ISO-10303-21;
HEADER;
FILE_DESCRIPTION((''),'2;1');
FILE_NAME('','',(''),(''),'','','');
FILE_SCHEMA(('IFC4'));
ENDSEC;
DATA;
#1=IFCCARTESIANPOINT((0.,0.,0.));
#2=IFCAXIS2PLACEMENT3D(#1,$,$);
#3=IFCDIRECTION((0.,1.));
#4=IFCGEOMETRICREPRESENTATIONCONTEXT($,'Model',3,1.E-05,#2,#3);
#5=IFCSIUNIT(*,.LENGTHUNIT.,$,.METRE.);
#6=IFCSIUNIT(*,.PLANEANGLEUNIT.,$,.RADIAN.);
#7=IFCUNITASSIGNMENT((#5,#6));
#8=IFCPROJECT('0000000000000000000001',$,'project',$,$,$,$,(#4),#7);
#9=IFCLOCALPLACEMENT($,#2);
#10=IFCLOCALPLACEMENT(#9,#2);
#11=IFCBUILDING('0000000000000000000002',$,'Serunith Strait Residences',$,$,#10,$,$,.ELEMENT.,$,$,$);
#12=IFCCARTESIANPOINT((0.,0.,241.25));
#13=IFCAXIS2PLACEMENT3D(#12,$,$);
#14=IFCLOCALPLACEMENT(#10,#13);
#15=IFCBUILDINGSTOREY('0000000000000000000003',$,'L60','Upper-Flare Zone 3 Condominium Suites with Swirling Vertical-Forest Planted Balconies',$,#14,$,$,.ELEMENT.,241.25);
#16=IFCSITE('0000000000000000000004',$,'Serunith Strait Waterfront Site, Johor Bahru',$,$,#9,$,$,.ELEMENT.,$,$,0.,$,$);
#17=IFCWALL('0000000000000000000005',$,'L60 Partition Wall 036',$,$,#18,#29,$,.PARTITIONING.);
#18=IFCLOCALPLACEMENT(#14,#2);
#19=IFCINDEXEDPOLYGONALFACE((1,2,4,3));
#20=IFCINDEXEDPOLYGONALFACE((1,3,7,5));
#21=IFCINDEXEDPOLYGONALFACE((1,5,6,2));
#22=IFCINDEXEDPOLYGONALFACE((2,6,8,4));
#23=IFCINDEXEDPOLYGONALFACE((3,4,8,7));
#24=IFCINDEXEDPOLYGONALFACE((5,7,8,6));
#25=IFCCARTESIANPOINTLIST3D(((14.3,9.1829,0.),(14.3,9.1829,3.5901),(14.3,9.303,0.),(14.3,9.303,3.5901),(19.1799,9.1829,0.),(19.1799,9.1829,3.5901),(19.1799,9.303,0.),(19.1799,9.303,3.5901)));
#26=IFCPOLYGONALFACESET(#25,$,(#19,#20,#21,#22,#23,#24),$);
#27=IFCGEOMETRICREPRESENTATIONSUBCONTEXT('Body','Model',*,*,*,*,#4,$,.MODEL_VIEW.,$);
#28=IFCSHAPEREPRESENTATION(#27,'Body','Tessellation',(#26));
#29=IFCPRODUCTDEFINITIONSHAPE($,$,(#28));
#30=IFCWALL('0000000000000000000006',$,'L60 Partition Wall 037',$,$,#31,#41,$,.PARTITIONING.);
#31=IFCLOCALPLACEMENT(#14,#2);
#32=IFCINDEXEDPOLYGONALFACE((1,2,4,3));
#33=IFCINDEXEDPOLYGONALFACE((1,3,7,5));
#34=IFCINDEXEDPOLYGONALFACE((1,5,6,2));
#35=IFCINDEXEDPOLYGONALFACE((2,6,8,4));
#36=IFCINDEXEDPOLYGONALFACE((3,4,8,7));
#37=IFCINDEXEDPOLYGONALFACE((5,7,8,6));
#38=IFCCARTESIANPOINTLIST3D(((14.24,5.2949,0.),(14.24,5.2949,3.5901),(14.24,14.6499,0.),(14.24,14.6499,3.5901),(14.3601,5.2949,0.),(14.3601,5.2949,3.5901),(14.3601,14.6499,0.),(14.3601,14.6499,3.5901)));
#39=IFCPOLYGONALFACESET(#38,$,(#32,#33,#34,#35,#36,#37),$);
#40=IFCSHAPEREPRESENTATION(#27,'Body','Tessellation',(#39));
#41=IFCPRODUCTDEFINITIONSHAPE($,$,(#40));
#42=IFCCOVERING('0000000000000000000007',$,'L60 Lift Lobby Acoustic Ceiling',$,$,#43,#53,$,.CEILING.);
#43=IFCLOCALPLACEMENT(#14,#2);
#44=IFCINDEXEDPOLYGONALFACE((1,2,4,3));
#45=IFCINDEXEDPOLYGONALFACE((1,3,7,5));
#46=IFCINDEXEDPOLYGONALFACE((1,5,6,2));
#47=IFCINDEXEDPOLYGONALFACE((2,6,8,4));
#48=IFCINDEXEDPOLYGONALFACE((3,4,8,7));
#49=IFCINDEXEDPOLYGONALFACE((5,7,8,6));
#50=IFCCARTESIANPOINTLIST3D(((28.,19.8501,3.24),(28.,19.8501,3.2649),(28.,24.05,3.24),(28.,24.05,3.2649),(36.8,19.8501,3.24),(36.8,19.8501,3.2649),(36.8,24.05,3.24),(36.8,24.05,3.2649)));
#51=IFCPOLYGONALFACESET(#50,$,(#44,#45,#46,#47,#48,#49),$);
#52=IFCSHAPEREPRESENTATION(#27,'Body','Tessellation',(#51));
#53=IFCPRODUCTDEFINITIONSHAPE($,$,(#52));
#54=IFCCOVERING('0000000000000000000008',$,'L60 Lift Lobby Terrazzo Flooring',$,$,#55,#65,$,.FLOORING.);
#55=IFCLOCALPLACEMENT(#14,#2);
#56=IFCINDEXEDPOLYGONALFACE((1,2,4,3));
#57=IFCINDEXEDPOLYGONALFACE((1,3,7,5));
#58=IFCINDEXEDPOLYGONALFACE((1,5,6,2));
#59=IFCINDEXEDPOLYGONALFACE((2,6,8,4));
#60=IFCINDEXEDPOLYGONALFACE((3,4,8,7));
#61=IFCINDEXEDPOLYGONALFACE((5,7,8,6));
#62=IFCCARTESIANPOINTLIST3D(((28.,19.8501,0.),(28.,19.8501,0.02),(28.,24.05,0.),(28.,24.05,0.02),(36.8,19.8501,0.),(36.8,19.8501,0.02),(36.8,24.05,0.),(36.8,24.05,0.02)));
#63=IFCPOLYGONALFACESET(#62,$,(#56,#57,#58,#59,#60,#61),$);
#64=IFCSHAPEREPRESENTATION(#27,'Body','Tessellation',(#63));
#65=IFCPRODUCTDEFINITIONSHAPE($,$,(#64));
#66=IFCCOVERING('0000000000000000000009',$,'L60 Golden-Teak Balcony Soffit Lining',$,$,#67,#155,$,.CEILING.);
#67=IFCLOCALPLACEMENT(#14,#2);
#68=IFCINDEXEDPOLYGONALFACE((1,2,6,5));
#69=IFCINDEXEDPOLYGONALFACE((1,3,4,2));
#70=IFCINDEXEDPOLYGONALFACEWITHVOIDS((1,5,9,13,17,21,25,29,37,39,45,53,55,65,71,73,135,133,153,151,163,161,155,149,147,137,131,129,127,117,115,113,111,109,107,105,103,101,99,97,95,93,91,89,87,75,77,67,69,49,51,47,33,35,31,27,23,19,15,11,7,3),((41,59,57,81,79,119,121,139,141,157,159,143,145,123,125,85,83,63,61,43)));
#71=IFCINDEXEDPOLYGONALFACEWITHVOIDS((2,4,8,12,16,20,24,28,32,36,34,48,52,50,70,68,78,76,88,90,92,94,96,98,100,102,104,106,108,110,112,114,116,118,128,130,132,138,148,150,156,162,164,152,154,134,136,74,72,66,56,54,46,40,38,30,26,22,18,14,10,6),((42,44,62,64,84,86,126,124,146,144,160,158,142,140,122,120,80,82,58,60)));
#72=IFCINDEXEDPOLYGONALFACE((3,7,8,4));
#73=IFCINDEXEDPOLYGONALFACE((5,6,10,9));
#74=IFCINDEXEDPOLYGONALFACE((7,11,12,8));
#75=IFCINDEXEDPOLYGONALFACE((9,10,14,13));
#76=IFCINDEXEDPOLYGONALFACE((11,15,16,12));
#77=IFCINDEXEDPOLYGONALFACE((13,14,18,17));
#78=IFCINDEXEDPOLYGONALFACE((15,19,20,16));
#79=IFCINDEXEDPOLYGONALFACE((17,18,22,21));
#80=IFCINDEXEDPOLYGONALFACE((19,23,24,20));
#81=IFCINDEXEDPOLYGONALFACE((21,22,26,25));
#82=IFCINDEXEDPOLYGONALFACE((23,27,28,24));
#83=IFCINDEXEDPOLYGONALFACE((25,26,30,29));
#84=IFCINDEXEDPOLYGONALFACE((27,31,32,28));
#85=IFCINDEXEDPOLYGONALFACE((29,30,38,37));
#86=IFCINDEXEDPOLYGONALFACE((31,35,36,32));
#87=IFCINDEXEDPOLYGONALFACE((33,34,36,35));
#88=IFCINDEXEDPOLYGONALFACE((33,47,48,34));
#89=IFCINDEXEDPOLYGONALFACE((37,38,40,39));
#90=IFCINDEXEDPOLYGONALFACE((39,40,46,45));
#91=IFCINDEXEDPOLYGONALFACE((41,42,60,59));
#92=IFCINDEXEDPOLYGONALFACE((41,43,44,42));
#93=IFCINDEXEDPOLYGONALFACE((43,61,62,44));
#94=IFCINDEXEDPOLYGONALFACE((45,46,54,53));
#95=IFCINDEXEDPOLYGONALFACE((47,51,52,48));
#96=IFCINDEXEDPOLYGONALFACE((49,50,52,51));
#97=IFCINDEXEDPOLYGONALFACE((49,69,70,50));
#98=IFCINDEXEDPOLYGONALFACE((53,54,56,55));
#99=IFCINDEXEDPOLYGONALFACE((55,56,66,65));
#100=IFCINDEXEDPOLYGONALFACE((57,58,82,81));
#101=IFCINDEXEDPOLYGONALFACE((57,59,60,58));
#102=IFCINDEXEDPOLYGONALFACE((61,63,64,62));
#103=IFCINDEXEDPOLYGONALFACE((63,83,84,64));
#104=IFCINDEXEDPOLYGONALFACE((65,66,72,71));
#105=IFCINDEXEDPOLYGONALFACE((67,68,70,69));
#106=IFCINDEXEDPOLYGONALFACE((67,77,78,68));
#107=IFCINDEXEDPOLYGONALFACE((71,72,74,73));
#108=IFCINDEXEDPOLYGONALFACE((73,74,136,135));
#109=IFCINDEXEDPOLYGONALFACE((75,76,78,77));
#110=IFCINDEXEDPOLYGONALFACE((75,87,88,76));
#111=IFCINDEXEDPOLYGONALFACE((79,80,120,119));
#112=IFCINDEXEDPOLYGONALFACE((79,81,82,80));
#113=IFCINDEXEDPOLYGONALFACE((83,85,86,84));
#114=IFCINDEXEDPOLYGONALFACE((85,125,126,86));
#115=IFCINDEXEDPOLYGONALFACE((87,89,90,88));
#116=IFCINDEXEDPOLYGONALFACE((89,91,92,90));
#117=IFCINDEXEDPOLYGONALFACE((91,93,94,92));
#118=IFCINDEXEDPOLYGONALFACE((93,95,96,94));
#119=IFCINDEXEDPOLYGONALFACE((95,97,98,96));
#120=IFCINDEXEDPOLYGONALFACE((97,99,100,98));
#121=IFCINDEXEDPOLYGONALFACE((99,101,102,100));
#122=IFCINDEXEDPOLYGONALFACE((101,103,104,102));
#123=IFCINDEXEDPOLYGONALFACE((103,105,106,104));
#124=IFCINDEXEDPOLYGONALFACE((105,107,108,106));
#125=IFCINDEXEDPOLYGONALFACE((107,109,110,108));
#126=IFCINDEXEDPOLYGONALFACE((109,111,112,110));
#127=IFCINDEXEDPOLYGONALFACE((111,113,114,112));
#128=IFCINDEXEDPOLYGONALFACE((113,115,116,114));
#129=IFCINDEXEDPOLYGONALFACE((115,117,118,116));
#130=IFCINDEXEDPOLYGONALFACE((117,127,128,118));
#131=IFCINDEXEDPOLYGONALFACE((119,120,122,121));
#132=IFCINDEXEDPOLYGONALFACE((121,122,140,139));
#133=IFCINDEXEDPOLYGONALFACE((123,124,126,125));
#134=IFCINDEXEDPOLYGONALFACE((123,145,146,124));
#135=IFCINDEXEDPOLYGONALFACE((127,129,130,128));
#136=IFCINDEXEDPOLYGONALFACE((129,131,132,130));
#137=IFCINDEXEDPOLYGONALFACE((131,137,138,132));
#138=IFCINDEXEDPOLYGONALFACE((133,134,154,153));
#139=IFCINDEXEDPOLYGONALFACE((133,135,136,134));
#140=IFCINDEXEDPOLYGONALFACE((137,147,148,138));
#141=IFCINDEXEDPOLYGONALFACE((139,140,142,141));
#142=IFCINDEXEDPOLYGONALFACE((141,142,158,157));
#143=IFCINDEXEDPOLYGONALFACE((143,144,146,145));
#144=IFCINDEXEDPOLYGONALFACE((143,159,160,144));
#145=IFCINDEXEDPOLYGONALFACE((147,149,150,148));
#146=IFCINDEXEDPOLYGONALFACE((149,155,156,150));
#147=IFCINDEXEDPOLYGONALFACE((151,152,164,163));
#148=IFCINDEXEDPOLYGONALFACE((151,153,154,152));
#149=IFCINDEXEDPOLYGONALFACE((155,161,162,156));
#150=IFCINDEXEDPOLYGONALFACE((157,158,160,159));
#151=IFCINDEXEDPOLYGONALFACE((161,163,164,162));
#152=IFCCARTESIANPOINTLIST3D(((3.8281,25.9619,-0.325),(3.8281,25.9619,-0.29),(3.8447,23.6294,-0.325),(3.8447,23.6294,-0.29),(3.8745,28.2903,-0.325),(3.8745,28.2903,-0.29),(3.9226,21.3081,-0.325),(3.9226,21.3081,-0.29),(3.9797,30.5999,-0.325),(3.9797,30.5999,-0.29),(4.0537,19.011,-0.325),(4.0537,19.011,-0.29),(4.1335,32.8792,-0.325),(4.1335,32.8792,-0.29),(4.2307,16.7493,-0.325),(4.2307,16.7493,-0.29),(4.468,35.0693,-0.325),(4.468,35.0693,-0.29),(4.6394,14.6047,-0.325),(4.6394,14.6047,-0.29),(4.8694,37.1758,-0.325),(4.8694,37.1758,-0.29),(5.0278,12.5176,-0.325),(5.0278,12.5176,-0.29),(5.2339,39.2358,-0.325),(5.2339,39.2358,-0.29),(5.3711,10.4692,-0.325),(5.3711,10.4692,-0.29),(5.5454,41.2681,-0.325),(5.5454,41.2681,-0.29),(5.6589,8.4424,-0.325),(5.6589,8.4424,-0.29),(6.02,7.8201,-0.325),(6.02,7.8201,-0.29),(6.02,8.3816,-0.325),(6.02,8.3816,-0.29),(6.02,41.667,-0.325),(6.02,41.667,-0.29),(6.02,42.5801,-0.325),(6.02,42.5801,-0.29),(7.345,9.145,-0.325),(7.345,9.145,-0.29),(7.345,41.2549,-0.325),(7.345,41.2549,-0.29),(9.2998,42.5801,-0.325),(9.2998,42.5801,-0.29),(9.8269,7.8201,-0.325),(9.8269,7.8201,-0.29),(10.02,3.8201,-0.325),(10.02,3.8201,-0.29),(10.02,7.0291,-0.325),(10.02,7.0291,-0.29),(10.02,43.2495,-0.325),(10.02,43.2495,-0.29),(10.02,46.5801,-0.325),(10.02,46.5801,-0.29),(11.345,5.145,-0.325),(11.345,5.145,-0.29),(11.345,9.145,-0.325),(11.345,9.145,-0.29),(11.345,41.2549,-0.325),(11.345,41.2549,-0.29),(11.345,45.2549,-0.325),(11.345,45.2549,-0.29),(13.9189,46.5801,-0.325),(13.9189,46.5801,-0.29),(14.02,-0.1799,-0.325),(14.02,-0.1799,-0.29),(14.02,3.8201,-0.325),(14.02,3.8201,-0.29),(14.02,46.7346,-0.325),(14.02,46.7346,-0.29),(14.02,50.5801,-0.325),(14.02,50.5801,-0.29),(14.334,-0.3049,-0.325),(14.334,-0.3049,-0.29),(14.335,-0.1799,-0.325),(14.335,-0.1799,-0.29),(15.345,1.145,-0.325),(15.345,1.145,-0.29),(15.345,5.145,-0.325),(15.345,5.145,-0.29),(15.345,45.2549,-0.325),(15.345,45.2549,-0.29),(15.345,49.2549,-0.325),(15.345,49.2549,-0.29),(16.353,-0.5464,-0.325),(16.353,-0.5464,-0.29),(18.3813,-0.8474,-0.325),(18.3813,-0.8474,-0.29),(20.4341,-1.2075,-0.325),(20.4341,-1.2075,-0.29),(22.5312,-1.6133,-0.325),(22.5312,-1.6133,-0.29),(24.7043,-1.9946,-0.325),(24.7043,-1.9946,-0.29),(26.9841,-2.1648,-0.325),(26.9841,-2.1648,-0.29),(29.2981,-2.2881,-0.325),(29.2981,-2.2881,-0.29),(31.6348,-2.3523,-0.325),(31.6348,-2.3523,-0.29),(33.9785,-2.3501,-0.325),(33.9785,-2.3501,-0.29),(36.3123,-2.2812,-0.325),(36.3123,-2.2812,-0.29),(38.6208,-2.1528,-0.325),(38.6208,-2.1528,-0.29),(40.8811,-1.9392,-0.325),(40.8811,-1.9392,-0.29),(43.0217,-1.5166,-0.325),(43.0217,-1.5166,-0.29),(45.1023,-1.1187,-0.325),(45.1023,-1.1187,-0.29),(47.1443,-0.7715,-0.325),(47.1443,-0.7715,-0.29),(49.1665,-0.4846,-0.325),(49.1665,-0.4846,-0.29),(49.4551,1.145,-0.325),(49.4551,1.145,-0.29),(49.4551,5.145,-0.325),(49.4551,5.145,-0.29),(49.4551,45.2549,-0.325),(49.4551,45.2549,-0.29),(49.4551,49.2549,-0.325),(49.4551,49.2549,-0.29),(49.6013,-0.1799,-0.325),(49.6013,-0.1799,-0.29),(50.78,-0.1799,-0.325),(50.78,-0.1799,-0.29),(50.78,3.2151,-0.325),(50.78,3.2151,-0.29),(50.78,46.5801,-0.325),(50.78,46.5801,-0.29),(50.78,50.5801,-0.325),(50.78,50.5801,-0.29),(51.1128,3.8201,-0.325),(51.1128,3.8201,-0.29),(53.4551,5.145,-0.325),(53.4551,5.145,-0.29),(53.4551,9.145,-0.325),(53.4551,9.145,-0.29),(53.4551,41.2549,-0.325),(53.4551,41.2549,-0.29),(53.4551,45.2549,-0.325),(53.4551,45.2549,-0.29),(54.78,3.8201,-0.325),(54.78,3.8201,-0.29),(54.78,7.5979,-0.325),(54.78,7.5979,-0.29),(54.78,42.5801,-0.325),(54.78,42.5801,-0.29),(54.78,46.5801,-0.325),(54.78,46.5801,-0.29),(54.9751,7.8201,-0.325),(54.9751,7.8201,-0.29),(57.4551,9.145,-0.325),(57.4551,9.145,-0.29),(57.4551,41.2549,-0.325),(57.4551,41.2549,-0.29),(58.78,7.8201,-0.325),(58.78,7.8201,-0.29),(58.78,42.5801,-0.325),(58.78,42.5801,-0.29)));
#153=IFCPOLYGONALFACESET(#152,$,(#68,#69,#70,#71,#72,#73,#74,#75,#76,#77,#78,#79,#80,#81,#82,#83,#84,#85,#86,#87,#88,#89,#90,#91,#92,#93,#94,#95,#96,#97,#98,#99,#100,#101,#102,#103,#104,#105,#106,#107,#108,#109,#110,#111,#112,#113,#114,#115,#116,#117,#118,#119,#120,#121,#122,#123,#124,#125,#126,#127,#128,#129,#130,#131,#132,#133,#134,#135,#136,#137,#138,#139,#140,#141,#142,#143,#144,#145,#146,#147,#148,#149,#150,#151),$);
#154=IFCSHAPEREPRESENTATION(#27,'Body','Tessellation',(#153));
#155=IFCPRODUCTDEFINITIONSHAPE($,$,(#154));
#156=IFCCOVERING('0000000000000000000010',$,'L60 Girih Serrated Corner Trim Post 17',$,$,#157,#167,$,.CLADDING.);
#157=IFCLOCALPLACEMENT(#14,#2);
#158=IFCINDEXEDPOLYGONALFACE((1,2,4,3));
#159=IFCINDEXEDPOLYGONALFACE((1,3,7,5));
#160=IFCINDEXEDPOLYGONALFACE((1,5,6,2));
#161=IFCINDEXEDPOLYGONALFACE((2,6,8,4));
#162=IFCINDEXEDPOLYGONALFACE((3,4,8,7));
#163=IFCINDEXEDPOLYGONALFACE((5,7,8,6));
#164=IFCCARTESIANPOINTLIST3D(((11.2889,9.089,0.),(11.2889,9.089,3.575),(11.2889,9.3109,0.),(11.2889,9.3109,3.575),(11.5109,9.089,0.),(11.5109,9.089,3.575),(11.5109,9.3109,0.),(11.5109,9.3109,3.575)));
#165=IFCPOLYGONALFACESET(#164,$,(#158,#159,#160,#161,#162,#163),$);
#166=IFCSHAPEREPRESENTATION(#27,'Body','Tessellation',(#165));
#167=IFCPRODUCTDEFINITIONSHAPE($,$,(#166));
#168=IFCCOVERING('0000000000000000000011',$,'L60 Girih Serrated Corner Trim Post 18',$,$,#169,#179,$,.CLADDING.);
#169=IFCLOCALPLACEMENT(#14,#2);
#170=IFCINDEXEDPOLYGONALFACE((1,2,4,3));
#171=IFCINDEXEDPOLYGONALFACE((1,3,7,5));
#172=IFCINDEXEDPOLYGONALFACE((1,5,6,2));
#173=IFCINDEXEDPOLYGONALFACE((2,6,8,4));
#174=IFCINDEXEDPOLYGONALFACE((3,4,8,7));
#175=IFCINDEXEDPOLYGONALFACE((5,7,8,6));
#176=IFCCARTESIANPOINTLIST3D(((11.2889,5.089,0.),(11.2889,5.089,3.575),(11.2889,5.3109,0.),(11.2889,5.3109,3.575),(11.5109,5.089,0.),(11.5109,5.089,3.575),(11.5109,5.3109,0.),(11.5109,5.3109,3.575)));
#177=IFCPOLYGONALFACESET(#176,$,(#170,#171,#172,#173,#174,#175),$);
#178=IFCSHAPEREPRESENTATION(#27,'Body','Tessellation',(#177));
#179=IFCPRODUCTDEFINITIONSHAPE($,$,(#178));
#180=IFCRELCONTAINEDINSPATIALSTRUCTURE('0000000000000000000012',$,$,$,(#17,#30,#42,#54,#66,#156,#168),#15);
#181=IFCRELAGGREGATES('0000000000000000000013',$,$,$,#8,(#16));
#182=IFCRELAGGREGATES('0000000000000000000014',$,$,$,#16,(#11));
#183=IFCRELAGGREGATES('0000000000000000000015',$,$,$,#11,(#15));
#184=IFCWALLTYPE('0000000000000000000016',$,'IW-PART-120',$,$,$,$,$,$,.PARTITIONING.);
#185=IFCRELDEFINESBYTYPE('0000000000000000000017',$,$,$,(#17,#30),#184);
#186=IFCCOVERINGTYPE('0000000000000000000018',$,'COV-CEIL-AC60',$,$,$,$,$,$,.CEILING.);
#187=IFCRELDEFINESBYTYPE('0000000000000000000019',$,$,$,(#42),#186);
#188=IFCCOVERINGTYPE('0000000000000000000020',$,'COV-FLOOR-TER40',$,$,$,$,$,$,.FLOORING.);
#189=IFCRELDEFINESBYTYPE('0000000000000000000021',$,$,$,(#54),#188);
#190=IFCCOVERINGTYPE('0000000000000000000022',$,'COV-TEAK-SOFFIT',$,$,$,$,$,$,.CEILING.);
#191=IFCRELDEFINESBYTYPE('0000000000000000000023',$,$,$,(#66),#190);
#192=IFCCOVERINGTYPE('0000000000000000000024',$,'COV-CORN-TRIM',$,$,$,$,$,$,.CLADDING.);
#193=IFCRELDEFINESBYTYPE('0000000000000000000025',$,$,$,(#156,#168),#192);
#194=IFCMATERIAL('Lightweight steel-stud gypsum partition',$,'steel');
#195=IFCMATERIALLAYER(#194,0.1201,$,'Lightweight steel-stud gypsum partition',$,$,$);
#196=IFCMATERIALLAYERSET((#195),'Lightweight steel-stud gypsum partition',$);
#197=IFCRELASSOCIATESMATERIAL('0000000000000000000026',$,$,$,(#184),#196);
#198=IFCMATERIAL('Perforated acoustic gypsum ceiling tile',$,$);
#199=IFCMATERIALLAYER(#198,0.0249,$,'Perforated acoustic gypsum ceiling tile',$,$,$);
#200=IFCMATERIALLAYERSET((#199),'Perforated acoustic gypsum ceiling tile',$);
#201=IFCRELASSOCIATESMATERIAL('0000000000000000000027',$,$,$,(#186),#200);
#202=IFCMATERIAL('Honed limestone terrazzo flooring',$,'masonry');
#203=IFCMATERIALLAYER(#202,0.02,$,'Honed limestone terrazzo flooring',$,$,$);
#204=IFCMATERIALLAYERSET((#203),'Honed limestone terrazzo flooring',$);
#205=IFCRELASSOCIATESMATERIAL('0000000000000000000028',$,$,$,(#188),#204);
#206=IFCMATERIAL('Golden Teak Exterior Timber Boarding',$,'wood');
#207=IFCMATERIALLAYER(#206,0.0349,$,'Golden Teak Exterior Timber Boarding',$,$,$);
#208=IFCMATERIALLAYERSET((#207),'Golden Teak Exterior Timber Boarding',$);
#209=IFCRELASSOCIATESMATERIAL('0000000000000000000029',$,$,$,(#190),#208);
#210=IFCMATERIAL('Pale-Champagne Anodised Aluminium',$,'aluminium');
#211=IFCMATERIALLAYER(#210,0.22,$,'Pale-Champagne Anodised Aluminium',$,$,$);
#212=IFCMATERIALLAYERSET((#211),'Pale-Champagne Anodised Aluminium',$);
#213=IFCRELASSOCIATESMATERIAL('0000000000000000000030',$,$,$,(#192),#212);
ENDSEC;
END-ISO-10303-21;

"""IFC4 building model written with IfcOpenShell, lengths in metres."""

from ifc_helpers import new_model, si_unit, direction, frame, frame_2d, origin, origin_2d, place, context, subcontext, project, spatial, polyline, rectangle, outline, extrude, source, transform, mapped, material, layer, layer_set, type_object, element, save


model = new_model("IFC4")

# Units and contexts
model_context = context("Model", 3, precision=1e-05, world=origin(), true_north=direction((0.0, 1.0)))
body_context = subcontext(model_context, "Body", "Model", "MODEL_VIEW")
ifc_project = project(units=[si_unit("LENGTHUNIT", "METRE"), si_unit("PLANEANGLEUNIT", "RADIAN")], contexts=[model_context])

# Site, building, storey
site_placement = place(None, origin())
site = spatial("IfcSite", under=ifc_project, at=site_placement, Name="Serunith Strait Waterfront Site, Johor Bahru", CompositionType="ELEMENT", RefElevation=0.0)
building_placement = place(site_placement, origin())
building = spatial("IfcBuilding", under=site, at=building_placement, Name="Serunith Strait Residences", CompositionType="ELEMENT")
storey_placement = place(building_placement, frame((0.0, 0.0, 241.25)))
storey = spatial("IfcBuildingStorey", under=building, at=storey_placement, Name="L60", Description="Upper-Flare Zone 3 Condominium Suites with Swirling Vertical-Forest Planted Balconies", CompositionType="ELEMENT", Elevation=241.25)

# Shared definitions
ifc_material_1 = material(Name="Pale-Champagne Anodised Aluminium", Category="aluminium")

# Walls
ifc_material_2 = material(Name="Lightweight steel-stud gypsum partition", Category="steel")
ifc_layer_1 = layer(ifc_material_2, 0.1201, Name="Lightweight steel-stud gypsum partition")
ifc_layer_set_1 = layer_set([ifc_layer_1], Name="Lightweight steel-stud gypsum partition")
wall_type_1 = type_object("IfcWallType", Name="IW-PART-120", PredefinedType="PARTITIONING", material=ifc_layer_set_1)
wall_1_placement = place(storey_placement, frame((14.3, 9.2429, 0.0), z_axis=(0.0, 0.0, 1.0), x_axis=(1.0, 0.0, 0.0)))
element("IfcWall", 1, at=wall_1_placement, inside=storey, type_object=wall_type_1, Name="L60 Partition Wall 036", PredefinedType="PARTITIONING", context=body_context, shape_type="SweptSolid", body=[
    extrude(rectangle(XDim=4.8799, YDim=0.1201, at=frame_2d((2.4399, 0.0))), origin(), (0.0, 0.0, 1.0), 3.5901),
])
wall_2_placement = place(storey_placement, frame((14.3, 5.2949, 0.0), z_axis=(0.0, 0.0, 1.0), x_axis=(0.0, 1.0, 0.0)))
element("IfcWall", 2, at=wall_2_placement, inside=storey, type_object=wall_type_1, Name="L60 Partition Wall 037", PredefinedType="PARTITIONING", context=body_context, shape_type="SweptSolid", body=[
    extrude(rectangle(XDim=9.355, YDim=0.1201, at=frame_2d((4.6775, 0.0))), origin(), (0.0, 0.0, 1.0), 3.5901),
])

# Coverings
ifc_material_3 = material(Name="Perforated acoustic gypsum ceiling tile")
ifc_layer_2 = layer(ifc_material_3, 0.0249, Name="Perforated acoustic gypsum ceiling tile")
ifc_layer_set_2 = layer_set([ifc_layer_2], Name="Perforated acoustic gypsum ceiling tile")
covering_type_1 = type_object("IfcCoveringType", Name="COV-CEIL-AC60", PredefinedType="CEILING", material=ifc_layer_set_2)
covering_1_placement = place(storey_placement, frame((0.0, 0.0, 3.24)))
element("IfcCovering", 3, at=covering_1_placement, inside=storey, type_object=covering_type_1, Name="L60 Lift Lobby Acoustic Ceiling", PredefinedType="CEILING", context=body_context, shape_type="SweptSolid", body=[
    extrude(outline(polyline([(28.0, 19.8501), (36.8, 19.8501), (36.8, 24.05), (28.0, 24.05), (28.0, 19.8501)])), origin(), (0.0, 0.0, 1.0), 0.0249),
])
ifc_material_4 = material(Name="Honed limestone terrazzo flooring", Category="masonry")
ifc_layer_3 = layer(ifc_material_4, 0.02, Name="Honed limestone terrazzo flooring")
ifc_layer_set_3 = layer_set([ifc_layer_3], Name="Honed limestone terrazzo flooring")
covering_type_2 = type_object("IfcCoveringType", Name="COV-FLOOR-TER40", PredefinedType="FLOORING", material=ifc_layer_set_3)
covering_2_placement = place(storey_placement, origin())
element("IfcCovering", 4, at=covering_2_placement, inside=storey, type_object=covering_type_2, Name="L60 Lift Lobby Terrazzo Flooring", PredefinedType="FLOORING", context=body_context, shape_type="SweptSolid", body=[
    extrude(outline(polyline([(28.0, 19.8501), (36.8, 19.8501), (36.8, 24.05), (28.0, 24.05), (28.0, 19.8501)])), origin(), (0.0, 0.0, 1.0), 0.02),
])
ifc_material_5 = material(Name="Golden Teak Exterior Timber Boarding", Category="wood")
ifc_layer_4 = layer(ifc_material_5, 0.0349, Name="Golden Teak Exterior Timber Boarding")
ifc_layer_set_4 = layer_set([ifc_layer_4], Name="Golden Teak Exterior Timber Boarding")
covering_type_3 = type_object("IfcCoveringType", Name="COV-TEAK-SOFFIT", PredefinedType="CEILING", material=ifc_layer_set_4)
covering_3_placement = place(storey_placement, frame((0.0, 0.0, -0.325)))
element("IfcCovering", 5, at=covering_3_placement, inside=storey, type_object=covering_type_3, Name="L60 Golden-Teak Balcony Soffit Lining", PredefinedType="CEILING", context=body_context, shape_type="SweptSolid", body=[
    extrude(outline(polyline([(14.02, -0.1799), (14.02, 3.8201), (10.02, 3.8201), (10.02, 7.0291), (9.8269, 7.8201), (6.02, 7.8201), (6.02, 8.3816), (5.6589, 8.4424), (5.3711, 10.4692), (5.0278, 12.5176), (4.6394, 14.6047), (4.2307, 16.7493), (4.0537, 19.011), (3.9226, 21.3081), (3.8447, 23.6294), (3.8281, 25.9619), (3.8745, 28.2903), (3.9797, 30.5999), (4.1335, 32.8792), (4.468, 35.0693), (4.8694, 37.1758), (5.2339, 39.2358), (5.5454, 41.2681), (6.02, 41.667), (6.02, 42.5801), (9.2998, 42.5801), (10.02, 43.2495), (10.02, 46.5801), (13.9189, 46.5801), (14.02, 46.7346), (14.02, 50.5801), (50.78, 50.5801), (50.78, 46.5801), (54.78, 46.5801), (54.78, 42.5801), (58.78, 42.5801), (58.78, 7.8201), (54.9751, 7.8201), (54.78, 7.5979), (54.78, 3.8201), (51.1128, 3.8201), (50.78, 3.2151), (50.78, -0.1799), (49.6013, -0.1799), (49.1665, -0.4846), (47.1443, -0.7715), (45.1023, -1.1187), (43.0217, -1.5166), (40.8811, -1.9392), (38.6208, -2.1528), (36.3123, -2.2812), (33.9785, -2.3501), (31.6348, -2.3523), (29.2981, -2.2881), (26.9841, -2.1648), (24.7043, -1.9946), (22.5312, -1.6133), (20.4341, -1.2075), (18.3813, -0.8474), (16.353, -0.5464), (14.334, -0.3049), (14.335, -0.1799), (14.02, -0.1799)]), holes=[polyline([(49.4551, 1.145), (49.4551, 5.145), (53.4551, 5.145), (53.4551, 9.145), (57.4551, 9.145), (57.4551, 41.2549), (53.4551, 41.2549), (53.4551, 45.2549), (49.4551, 45.2549), (49.4551, 49.2549), (15.345, 49.2549), (15.345, 45.2549), (11.345, 45.2549), (11.345, 41.2549), (7.345, 41.2549), (7.345, 9.145), (11.345, 9.145), (11.345, 5.145), (15.345, 5.145), (15.345, 1.145), (49.4551, 1.145)])]), origin(), (0.0, 0.0, 1.0), 0.0349),
])

# Coverings
ifc_layer_5 = layer(ifc_material_1, 0.22, Name="Pale-Champagne Anodised Aluminium")
ifc_layer_set_5 = layer_set([ifc_layer_5], Name="Pale-Champagne Anodised Aluminium")
covering_type_4 = type_object("IfcCoveringType", Name="COV-CORN-TRIM", PredefinedType="CLADDING", material=ifc_layer_set_5)
shared_shape_1 = source(origin(), body_context, "Body", "SweptSolid", [
    extrude(rectangle(XDim=0.2219, YDim=0.2219, at=origin_2d()), origin(), (0.0, 0.0, 1.0), 3.575),
])
for number, where, z_axis, x_axis, name in (
    (6, (11.3999, 9.2, 0.0), (0.0, 0.0, 1.0), (1.0, 0.0, 0.0), "L60 Girih Serrated Corner Trim Post 17"),
    (7, (11.3999, 5.2, 0.0), (0.0, 0.0, 1.0), (1.0, 0.0, 0.0), "L60 Girih Serrated Corner Trim Post 18"),
):
    element("IfcCovering", number, at=place(storey_placement, frame(where, z_axis=z_axis, x_axis=x_axis)), inside=storey, type_object=covering_type_4, Name=name, PredefinedType="CLADDING", context=body_context, shape_type="MappedRepresentation", body=[
        mapped(shared_shape_1, transform((0.0, 0.0, 0.0), scale=1.0)),
    ])

save(model, "model.ifc")
